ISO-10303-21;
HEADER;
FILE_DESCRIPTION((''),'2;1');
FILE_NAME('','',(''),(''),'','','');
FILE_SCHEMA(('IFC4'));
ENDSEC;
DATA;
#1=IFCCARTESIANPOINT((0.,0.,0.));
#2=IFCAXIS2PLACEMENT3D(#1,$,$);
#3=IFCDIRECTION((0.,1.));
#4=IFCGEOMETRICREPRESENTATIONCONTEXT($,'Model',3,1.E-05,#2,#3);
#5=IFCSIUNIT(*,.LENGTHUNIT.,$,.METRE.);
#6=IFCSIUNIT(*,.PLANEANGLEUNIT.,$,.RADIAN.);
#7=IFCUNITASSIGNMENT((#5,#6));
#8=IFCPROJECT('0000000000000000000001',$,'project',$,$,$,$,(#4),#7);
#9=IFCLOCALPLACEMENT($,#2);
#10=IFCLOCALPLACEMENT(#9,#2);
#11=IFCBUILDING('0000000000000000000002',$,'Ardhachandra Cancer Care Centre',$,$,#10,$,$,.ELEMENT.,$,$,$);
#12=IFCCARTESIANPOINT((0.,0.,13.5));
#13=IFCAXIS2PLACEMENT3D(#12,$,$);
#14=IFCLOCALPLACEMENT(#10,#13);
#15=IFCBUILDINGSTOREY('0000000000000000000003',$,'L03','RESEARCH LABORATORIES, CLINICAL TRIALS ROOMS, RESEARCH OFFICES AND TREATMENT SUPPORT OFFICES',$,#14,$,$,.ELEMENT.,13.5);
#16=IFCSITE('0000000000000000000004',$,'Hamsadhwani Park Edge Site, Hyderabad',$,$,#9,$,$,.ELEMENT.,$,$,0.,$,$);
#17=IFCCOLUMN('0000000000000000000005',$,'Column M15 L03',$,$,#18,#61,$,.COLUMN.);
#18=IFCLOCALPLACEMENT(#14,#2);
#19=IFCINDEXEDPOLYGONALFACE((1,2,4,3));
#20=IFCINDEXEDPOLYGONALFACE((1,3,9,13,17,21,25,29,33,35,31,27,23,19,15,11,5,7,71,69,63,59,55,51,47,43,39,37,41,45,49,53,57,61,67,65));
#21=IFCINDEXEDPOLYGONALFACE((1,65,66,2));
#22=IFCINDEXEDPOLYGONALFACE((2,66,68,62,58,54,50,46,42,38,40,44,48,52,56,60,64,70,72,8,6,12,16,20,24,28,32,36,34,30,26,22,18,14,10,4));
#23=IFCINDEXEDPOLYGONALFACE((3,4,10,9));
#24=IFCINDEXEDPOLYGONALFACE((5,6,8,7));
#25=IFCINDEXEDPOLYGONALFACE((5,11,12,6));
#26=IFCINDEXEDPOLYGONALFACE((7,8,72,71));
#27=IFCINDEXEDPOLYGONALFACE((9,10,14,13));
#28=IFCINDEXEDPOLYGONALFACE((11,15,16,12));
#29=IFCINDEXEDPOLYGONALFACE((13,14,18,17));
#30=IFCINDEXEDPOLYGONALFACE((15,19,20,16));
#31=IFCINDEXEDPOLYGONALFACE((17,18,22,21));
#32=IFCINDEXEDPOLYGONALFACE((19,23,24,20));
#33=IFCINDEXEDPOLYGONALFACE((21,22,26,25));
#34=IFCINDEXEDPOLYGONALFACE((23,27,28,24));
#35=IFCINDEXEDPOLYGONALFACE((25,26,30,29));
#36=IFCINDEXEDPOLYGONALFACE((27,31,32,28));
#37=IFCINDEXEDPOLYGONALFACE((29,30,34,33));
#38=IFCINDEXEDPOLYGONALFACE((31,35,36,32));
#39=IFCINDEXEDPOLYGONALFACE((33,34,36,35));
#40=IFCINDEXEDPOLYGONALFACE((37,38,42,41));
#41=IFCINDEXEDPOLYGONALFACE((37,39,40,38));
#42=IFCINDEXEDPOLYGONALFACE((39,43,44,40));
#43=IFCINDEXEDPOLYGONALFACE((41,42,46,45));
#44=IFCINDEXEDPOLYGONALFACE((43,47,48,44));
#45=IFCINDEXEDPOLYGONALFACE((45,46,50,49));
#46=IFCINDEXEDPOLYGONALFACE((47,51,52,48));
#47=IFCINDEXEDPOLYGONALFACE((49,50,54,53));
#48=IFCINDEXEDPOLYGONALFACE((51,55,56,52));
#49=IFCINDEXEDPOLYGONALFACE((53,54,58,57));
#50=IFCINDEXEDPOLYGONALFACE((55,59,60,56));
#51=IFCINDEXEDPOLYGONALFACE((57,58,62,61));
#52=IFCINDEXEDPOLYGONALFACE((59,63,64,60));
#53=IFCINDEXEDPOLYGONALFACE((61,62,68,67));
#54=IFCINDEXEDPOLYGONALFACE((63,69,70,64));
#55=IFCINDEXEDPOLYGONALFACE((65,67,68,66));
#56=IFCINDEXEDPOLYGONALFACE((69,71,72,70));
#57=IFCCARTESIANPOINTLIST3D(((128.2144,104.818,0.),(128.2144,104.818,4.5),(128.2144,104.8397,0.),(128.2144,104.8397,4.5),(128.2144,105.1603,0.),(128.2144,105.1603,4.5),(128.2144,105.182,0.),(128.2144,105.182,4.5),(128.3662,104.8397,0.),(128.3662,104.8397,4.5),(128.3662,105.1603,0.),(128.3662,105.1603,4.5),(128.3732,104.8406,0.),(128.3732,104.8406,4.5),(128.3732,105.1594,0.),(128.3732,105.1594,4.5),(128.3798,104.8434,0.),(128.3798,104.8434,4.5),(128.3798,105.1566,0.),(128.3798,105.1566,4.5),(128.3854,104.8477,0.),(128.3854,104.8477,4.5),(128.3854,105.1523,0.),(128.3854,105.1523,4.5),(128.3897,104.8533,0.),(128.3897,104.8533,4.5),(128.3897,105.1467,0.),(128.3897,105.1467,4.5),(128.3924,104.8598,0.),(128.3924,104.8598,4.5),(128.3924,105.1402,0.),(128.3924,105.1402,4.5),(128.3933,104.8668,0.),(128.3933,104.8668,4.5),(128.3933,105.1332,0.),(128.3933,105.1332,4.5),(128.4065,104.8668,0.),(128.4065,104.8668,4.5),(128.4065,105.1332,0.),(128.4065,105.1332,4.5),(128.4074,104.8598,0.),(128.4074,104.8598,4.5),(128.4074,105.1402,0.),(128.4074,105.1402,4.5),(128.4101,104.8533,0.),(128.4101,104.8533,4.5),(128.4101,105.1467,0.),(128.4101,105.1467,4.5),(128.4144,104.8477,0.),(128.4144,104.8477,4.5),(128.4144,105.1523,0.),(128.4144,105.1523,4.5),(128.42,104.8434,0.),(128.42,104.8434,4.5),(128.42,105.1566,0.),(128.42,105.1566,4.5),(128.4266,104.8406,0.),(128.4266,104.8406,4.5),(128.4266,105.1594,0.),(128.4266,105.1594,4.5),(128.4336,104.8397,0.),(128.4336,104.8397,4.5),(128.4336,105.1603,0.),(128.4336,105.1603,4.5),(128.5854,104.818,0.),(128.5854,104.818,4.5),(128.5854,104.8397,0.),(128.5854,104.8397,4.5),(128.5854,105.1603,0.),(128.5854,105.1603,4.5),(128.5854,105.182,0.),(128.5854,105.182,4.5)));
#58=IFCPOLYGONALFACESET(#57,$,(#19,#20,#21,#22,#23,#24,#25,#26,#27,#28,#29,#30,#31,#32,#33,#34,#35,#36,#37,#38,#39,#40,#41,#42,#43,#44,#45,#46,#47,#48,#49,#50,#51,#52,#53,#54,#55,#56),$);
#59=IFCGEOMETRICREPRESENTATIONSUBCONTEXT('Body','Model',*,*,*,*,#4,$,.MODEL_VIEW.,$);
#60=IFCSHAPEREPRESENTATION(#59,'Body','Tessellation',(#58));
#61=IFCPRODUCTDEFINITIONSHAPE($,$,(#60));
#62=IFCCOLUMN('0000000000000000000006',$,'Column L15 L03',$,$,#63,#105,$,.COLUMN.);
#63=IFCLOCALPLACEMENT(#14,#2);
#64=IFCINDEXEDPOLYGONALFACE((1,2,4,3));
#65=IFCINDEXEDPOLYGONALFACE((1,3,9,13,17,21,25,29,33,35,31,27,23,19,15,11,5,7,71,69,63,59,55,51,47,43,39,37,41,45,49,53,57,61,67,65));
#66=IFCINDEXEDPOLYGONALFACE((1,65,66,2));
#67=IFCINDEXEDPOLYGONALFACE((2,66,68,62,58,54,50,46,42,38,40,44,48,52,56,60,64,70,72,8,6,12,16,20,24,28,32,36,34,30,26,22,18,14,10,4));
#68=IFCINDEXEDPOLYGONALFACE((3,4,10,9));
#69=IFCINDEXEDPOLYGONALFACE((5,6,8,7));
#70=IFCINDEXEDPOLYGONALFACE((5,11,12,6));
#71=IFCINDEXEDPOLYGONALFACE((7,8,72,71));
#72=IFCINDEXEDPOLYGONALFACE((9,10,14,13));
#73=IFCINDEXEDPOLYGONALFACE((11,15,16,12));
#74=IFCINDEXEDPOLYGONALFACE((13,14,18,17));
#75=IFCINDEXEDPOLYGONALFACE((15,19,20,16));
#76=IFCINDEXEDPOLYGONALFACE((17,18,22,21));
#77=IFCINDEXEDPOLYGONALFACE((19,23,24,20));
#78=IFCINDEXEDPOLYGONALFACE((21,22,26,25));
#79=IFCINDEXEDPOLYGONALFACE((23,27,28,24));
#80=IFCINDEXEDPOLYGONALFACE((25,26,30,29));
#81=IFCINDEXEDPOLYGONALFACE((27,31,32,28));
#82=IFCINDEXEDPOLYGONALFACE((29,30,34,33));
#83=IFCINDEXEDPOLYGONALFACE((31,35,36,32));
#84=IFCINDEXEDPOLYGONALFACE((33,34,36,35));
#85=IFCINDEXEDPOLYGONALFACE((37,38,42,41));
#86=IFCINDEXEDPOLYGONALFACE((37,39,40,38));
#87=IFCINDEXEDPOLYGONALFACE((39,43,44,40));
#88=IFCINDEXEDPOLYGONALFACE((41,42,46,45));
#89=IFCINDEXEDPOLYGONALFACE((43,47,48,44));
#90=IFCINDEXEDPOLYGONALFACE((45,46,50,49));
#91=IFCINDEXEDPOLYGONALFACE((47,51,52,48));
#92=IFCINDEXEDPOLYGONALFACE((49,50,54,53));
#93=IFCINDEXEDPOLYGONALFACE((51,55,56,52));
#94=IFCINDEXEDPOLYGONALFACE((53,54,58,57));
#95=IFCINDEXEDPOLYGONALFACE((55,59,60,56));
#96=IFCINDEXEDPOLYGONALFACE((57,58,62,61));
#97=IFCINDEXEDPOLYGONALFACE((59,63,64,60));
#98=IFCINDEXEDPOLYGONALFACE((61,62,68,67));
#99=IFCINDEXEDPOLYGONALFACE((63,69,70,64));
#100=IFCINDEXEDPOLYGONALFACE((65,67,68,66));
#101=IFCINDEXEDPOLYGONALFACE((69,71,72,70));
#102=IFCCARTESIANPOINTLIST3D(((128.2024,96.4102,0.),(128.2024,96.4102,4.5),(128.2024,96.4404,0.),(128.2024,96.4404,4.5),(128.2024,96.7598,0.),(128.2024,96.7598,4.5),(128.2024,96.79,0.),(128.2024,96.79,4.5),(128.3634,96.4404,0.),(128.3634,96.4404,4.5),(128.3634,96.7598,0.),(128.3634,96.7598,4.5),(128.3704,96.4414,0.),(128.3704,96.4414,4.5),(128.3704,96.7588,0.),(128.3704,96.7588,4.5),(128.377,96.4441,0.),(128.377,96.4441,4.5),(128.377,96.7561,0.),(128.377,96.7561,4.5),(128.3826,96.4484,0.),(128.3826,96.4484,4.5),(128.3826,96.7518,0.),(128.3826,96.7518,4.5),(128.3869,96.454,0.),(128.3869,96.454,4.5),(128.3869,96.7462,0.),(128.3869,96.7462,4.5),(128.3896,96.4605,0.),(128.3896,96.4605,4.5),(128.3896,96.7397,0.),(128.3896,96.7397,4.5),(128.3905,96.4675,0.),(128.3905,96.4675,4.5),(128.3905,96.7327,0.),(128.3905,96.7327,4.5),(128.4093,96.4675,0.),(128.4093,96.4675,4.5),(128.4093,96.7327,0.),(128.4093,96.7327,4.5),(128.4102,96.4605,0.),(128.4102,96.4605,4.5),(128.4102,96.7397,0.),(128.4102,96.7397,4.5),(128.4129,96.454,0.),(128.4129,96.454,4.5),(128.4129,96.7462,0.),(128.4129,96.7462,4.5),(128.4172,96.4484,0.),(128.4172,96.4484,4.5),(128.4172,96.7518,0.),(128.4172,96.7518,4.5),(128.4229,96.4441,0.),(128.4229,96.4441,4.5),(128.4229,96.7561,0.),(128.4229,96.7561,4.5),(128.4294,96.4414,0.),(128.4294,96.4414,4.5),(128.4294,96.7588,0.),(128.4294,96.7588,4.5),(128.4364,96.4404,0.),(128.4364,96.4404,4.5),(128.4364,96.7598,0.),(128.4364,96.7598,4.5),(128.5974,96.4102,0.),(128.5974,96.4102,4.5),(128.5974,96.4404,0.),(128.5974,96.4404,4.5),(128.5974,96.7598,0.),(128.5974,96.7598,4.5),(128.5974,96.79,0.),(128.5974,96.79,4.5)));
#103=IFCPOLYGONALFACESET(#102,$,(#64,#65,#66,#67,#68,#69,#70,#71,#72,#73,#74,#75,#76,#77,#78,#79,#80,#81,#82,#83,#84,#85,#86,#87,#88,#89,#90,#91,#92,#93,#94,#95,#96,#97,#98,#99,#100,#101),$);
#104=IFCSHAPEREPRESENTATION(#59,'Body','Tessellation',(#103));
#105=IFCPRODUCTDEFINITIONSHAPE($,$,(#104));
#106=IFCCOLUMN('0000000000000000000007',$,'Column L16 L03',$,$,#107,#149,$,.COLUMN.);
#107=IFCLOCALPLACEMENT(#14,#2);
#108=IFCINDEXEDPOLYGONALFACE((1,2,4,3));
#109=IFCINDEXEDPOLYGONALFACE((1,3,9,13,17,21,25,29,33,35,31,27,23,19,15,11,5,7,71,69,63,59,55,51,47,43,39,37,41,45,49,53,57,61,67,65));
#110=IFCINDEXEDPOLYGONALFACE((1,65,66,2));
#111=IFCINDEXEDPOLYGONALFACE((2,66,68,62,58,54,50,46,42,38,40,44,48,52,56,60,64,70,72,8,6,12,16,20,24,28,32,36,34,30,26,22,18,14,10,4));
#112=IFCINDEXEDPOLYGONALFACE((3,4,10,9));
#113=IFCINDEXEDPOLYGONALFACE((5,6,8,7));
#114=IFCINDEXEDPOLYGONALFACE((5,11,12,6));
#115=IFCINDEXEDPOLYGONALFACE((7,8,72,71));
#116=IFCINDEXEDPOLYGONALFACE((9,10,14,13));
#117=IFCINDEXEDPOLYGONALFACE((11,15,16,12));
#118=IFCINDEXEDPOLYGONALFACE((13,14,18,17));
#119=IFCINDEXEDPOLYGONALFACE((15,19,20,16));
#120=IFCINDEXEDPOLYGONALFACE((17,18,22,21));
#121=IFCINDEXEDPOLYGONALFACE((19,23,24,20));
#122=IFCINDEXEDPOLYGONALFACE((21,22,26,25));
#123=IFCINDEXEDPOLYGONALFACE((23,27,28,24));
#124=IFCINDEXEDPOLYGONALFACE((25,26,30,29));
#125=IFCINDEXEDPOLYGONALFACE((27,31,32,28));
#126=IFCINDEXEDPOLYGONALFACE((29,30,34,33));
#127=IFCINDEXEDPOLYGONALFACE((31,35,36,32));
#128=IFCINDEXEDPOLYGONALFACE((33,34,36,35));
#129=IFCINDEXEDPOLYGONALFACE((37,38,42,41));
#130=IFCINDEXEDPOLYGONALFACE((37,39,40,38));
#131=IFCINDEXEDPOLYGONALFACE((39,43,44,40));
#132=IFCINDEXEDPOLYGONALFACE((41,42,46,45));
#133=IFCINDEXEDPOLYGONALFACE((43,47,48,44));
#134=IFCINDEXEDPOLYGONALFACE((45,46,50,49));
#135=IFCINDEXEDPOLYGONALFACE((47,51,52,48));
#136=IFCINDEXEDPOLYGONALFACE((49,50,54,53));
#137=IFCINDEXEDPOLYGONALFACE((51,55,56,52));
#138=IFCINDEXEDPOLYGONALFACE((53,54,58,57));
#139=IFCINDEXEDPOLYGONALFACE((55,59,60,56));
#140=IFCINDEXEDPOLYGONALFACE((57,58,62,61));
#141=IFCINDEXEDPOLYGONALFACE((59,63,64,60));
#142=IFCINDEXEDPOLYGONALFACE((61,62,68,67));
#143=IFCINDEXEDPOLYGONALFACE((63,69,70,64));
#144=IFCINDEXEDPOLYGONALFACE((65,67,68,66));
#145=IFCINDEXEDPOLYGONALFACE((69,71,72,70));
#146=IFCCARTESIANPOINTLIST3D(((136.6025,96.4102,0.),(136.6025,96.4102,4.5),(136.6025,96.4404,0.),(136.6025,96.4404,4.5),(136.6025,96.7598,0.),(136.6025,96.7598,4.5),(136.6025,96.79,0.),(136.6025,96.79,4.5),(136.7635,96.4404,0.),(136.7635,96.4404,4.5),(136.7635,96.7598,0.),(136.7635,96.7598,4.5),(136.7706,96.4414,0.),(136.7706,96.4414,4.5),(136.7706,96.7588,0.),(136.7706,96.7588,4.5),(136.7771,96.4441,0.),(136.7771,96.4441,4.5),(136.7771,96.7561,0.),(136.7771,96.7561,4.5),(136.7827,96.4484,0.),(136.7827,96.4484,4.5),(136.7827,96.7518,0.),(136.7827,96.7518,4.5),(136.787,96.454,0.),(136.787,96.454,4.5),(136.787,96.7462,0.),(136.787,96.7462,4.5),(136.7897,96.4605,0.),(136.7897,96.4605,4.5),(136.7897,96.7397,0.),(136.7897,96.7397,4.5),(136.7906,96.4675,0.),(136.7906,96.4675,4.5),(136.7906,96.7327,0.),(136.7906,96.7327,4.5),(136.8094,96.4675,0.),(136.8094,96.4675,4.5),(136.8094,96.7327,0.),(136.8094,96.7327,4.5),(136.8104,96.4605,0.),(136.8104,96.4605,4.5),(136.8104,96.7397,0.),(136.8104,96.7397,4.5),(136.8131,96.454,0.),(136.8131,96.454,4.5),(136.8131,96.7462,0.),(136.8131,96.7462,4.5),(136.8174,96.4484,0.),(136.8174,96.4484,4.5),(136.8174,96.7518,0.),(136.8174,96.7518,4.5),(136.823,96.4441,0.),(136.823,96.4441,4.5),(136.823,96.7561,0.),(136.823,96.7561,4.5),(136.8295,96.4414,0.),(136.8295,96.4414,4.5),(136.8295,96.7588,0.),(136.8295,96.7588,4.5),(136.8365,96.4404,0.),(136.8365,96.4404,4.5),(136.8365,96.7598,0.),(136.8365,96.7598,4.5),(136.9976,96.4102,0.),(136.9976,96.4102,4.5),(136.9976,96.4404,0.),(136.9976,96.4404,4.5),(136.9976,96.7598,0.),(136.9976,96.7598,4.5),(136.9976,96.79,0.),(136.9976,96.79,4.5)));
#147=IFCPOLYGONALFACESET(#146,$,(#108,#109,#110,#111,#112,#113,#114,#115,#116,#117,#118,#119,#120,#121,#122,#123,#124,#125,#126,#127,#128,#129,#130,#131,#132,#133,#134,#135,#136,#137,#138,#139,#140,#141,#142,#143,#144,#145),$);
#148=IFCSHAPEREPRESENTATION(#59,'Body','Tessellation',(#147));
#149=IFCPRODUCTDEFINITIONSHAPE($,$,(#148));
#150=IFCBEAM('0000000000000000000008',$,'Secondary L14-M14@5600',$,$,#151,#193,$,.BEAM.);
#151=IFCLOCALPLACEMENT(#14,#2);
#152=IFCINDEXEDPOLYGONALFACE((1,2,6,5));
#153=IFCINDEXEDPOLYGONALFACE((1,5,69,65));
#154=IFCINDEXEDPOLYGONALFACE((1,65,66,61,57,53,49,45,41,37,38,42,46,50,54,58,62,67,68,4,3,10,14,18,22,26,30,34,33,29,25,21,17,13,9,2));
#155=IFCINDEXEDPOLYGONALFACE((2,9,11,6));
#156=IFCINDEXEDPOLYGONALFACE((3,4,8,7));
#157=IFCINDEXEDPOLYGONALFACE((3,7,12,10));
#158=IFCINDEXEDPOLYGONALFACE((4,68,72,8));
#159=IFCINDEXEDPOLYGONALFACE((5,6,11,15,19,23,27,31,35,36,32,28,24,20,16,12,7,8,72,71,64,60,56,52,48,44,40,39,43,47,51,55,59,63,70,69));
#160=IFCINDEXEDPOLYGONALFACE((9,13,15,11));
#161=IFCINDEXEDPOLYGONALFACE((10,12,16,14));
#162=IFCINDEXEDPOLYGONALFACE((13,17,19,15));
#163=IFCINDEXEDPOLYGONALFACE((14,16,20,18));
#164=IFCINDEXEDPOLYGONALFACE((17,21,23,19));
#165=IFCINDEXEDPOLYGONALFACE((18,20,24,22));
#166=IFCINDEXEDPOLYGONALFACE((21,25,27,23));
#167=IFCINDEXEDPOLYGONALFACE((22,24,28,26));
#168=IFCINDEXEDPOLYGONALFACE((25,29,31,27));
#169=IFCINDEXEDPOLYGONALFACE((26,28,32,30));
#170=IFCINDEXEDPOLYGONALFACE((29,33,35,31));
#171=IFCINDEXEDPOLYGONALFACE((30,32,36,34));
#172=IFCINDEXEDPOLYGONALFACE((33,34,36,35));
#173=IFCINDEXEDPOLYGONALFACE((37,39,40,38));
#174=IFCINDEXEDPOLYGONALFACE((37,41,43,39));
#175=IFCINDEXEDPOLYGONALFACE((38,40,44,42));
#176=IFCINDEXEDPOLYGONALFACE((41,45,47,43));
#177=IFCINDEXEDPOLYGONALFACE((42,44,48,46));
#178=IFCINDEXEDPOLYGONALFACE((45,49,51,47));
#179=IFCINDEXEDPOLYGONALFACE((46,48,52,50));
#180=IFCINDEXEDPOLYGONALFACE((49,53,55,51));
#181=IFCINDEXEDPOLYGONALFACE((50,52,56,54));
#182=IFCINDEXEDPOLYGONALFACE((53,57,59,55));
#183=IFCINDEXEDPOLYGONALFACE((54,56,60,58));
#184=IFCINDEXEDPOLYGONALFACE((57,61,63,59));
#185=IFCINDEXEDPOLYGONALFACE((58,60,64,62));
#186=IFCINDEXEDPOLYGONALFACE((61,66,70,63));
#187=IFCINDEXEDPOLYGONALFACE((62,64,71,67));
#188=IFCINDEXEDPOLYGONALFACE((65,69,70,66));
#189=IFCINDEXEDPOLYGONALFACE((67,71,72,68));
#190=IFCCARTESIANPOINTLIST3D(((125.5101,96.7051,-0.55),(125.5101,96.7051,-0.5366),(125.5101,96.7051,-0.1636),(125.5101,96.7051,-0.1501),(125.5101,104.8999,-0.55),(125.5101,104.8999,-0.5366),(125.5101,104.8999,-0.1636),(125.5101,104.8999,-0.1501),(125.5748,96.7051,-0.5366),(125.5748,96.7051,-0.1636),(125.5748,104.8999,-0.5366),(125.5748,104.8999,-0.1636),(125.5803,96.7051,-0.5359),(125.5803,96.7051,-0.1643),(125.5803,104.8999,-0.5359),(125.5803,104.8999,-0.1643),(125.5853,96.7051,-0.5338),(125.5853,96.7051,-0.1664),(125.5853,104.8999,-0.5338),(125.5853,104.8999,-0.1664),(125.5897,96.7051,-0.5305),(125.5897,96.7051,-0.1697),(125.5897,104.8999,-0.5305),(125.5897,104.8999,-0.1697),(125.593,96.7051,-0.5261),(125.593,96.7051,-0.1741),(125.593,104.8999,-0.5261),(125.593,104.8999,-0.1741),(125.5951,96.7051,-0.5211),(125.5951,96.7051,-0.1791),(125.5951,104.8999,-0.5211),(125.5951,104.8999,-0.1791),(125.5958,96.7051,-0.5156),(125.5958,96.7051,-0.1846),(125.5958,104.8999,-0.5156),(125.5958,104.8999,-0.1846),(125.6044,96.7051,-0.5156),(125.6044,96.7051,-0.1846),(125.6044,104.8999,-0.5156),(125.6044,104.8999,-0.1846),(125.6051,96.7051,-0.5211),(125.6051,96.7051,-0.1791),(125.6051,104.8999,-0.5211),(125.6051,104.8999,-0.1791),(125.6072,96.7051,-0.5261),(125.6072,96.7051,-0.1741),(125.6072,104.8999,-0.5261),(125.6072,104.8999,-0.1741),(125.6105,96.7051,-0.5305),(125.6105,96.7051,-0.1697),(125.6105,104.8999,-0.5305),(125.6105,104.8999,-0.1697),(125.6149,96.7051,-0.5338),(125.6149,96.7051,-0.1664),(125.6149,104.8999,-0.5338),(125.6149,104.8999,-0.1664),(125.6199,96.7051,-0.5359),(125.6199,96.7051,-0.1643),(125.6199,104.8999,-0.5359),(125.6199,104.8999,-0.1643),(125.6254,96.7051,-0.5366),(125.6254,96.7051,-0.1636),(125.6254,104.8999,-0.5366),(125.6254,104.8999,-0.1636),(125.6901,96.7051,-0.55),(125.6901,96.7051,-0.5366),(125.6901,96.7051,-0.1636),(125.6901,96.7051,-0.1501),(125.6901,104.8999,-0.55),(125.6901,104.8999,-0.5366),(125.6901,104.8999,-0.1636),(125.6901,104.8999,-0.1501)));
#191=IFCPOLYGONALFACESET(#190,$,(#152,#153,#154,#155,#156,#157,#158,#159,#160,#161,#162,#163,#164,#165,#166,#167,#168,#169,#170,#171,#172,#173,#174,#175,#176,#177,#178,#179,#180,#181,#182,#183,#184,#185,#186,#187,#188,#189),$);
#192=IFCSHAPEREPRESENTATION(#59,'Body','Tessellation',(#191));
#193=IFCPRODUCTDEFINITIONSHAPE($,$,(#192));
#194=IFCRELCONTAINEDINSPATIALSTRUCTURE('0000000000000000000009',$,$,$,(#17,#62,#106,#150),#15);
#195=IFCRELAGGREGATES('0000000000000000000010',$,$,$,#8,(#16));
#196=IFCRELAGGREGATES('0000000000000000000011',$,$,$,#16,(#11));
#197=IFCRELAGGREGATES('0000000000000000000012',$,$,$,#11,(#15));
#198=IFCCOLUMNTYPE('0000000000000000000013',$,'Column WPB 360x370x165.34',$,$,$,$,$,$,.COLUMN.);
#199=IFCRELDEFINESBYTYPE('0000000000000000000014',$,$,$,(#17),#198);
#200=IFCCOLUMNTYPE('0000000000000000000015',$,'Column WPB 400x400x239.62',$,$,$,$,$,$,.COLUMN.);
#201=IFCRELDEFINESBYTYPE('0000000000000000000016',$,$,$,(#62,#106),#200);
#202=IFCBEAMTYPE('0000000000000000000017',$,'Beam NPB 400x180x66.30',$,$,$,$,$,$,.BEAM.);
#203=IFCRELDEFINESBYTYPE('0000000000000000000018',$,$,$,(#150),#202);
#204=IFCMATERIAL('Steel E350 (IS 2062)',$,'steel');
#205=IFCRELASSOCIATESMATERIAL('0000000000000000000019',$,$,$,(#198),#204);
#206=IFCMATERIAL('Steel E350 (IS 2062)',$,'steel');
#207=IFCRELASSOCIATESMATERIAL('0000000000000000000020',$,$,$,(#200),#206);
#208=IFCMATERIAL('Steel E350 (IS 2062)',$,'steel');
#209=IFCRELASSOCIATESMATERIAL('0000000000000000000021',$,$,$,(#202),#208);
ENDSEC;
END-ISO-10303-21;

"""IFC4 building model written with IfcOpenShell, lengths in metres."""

from ifc_helpers import new_model, si_unit, direction, frame, origin, origin_2d, place, context, subcontext, project, spatial, i_section, extrude, material, material_profile, profile_set, type_object, element, save


model = new_model("IFC4")

# Units and contexts
model_context = context("Model", 3, precision=1e-05, world=origin(), true_north=direction((0.0, 1.0)))
body_context = subcontext(model_context, "Body", "Model", "MODEL_VIEW")
ifc_project = project(units=[si_unit("LENGTHUNIT", "METRE"), si_unit("PLANEANGLEUNIT", "RADIAN")], contexts=[model_context])

# Site, building, storey
site_placement = place(None, origin())
site = spatial("IfcSite", under=ifc_project, at=site_placement, Name="Hamsadhwani Park Edge Site, Hyderabad", CompositionType="ELEMENT", RefElevation=0.0)
building_placement = place(site_placement, origin())
building = spatial("IfcBuilding", under=site, at=building_placement, Name="Ardhachandra Cancer Care Centre", CompositionType="ELEMENT")
storey_placement = place(building_placement, frame((0.0, 0.0, 13.5)))
storey = spatial("IfcBuildingStorey", under=building, at=storey_placement, Name="L03", Description="RESEARCH LABORATORIES, CLINICAL TRIALS ROOMS, RESEARCH OFFICES AND TREATMENT SUPPORT OFFICES", CompositionType="ELEMENT", Elevation=13.5)

# Columns
ifc_material_1 = material(Name="Steel E350 (IS 2062)", Category="steel")
ifc_material_profile_1 = material_profile(ifc_material_1, i_section(OverallWidth=0.3711, OverallDepth=0.364, WebThickness=0.0132, FlangeThickness=0.0217, FilletRadius=0.0271, at=origin_2d()), Name="WPB 360x370x165.34")
ifc_profile_set_1 = profile_set([ifc_material_profile_1], Name="Steel E350 (IS 2062)")
column_type_1 = type_object("IfcColumnType", Name="Column WPB 360x370x165.34", PredefinedType="COLUMN", material=ifc_profile_set_1)
column_placement = place(storey_placement, frame((128.3999, 105.0, 0.0), z_axis=(0.0, 0.0, 1.0), x_axis=(1.0, 0.0, 0.0)))
element("IfcColumn", 1, at=column_placement, inside=storey, type_object=column_type_1, Name="Column M15 L03", PredefinedType="COLUMN", context=body_context, shape_type="SweptSolid", body=[
    extrude(i_section(OverallWidth=0.3711, OverallDepth=0.364, WebThickness=0.0132, FlangeThickness=0.0217, FilletRadius=0.0271, at=origin_2d()), origin(), (0.0, 0.0, 1.0), 4.5),
])
ifc_material_2 = material(Name="Steel E350 (IS 2062)", Category="steel")
ifc_material_profile_2 = material_profile(ifc_material_2, i_section(OverallWidth=0.395, OverallDepth=0.3799, WebThickness=0.0188, FlangeThickness=0.0303, FilletRadius=0.0271, at=origin_2d()), Name="WPB 400x400x239.62")
ifc_profile_set_2 = profile_set([ifc_material_profile_2], Name="Steel E350 (IS 2062)")
column_type_2 = type_object("IfcColumnType", Name="Column WPB 400x400x239.62", PredefinedType="COLUMN", material=ifc_profile_set_2)
for number, where, z_axis, x_axis, name in (
    (2, (128.3999, 96.6001, 0.0), (0.0, 0.0, 1.0), (1.0, 0.0, 0.0), "Column L15 L03"),
    (3, (136.8, 96.6001, 0.0), (0.0, 0.0, 1.0), (1.0, 0.0, 0.0), "Column L16 L03"),
):
    element("IfcColumn", number, at=place(storey_placement, frame(where, z_axis=z_axis, x_axis=x_axis)), inside=storey, type_object=column_type_2, Name=name, PredefinedType="COLUMN", context=body_context, shape_type="SweptSolid", body=[
        extrude(i_section(OverallWidth=0.395, OverallDepth=0.3799, WebThickness=0.0188, FlangeThickness=0.0303, FilletRadius=0.0271, at=origin_2d()), origin(), (0.0, 0.0, 1.0), 4.5),
    ])

# Beam
ifc_material_3 = material(Name="Steel E350 (IS 2062)", Category="steel")
ifc_material_profile_3 = material_profile(ifc_material_3, i_section(OverallWidth=0.1799, OverallDepth=0.3999, WebThickness=0.0085, FlangeThickness=0.0134, FilletRadius=0.021, at=origin_2d()), Name="NPB 400x180x66.30")
ifc_profile_set_3 = profile_set([ifc_material_profile_3], Name="Steel E350 (IS 2062)")
beam_type_1 = type_object("IfcBeamType", Name="Beam NPB 400x180x66.30", PredefinedType="BEAM", material=ifc_profile_set_3)
for number, where, z_axis, x_axis, name in (
    (4, (125.6001, 96.7051, -0.3501), (0.0, 1.0, 0.0), (-1.0, 0.0, 0.0), "Secondary L14-M14@5600"),
):
    element("IfcBeam", number, at=place(storey_placement, frame(where, z_axis=z_axis, x_axis=x_axis)), inside=storey, type_object=beam_type_1, Name=name, PredefinedType="BEAM", context=body_context, shape_type="SweptSolid", body=[
        extrude(i_section(OverallWidth=0.1799, OverallDepth=0.3999, WebThickness=0.0085, FlangeThickness=0.0134, FilletRadius=0.021, at=origin_2d()), origin(), (0.0, 0.0, 1.0), 8.1948),
    ])

save(model, "model.ifc")
